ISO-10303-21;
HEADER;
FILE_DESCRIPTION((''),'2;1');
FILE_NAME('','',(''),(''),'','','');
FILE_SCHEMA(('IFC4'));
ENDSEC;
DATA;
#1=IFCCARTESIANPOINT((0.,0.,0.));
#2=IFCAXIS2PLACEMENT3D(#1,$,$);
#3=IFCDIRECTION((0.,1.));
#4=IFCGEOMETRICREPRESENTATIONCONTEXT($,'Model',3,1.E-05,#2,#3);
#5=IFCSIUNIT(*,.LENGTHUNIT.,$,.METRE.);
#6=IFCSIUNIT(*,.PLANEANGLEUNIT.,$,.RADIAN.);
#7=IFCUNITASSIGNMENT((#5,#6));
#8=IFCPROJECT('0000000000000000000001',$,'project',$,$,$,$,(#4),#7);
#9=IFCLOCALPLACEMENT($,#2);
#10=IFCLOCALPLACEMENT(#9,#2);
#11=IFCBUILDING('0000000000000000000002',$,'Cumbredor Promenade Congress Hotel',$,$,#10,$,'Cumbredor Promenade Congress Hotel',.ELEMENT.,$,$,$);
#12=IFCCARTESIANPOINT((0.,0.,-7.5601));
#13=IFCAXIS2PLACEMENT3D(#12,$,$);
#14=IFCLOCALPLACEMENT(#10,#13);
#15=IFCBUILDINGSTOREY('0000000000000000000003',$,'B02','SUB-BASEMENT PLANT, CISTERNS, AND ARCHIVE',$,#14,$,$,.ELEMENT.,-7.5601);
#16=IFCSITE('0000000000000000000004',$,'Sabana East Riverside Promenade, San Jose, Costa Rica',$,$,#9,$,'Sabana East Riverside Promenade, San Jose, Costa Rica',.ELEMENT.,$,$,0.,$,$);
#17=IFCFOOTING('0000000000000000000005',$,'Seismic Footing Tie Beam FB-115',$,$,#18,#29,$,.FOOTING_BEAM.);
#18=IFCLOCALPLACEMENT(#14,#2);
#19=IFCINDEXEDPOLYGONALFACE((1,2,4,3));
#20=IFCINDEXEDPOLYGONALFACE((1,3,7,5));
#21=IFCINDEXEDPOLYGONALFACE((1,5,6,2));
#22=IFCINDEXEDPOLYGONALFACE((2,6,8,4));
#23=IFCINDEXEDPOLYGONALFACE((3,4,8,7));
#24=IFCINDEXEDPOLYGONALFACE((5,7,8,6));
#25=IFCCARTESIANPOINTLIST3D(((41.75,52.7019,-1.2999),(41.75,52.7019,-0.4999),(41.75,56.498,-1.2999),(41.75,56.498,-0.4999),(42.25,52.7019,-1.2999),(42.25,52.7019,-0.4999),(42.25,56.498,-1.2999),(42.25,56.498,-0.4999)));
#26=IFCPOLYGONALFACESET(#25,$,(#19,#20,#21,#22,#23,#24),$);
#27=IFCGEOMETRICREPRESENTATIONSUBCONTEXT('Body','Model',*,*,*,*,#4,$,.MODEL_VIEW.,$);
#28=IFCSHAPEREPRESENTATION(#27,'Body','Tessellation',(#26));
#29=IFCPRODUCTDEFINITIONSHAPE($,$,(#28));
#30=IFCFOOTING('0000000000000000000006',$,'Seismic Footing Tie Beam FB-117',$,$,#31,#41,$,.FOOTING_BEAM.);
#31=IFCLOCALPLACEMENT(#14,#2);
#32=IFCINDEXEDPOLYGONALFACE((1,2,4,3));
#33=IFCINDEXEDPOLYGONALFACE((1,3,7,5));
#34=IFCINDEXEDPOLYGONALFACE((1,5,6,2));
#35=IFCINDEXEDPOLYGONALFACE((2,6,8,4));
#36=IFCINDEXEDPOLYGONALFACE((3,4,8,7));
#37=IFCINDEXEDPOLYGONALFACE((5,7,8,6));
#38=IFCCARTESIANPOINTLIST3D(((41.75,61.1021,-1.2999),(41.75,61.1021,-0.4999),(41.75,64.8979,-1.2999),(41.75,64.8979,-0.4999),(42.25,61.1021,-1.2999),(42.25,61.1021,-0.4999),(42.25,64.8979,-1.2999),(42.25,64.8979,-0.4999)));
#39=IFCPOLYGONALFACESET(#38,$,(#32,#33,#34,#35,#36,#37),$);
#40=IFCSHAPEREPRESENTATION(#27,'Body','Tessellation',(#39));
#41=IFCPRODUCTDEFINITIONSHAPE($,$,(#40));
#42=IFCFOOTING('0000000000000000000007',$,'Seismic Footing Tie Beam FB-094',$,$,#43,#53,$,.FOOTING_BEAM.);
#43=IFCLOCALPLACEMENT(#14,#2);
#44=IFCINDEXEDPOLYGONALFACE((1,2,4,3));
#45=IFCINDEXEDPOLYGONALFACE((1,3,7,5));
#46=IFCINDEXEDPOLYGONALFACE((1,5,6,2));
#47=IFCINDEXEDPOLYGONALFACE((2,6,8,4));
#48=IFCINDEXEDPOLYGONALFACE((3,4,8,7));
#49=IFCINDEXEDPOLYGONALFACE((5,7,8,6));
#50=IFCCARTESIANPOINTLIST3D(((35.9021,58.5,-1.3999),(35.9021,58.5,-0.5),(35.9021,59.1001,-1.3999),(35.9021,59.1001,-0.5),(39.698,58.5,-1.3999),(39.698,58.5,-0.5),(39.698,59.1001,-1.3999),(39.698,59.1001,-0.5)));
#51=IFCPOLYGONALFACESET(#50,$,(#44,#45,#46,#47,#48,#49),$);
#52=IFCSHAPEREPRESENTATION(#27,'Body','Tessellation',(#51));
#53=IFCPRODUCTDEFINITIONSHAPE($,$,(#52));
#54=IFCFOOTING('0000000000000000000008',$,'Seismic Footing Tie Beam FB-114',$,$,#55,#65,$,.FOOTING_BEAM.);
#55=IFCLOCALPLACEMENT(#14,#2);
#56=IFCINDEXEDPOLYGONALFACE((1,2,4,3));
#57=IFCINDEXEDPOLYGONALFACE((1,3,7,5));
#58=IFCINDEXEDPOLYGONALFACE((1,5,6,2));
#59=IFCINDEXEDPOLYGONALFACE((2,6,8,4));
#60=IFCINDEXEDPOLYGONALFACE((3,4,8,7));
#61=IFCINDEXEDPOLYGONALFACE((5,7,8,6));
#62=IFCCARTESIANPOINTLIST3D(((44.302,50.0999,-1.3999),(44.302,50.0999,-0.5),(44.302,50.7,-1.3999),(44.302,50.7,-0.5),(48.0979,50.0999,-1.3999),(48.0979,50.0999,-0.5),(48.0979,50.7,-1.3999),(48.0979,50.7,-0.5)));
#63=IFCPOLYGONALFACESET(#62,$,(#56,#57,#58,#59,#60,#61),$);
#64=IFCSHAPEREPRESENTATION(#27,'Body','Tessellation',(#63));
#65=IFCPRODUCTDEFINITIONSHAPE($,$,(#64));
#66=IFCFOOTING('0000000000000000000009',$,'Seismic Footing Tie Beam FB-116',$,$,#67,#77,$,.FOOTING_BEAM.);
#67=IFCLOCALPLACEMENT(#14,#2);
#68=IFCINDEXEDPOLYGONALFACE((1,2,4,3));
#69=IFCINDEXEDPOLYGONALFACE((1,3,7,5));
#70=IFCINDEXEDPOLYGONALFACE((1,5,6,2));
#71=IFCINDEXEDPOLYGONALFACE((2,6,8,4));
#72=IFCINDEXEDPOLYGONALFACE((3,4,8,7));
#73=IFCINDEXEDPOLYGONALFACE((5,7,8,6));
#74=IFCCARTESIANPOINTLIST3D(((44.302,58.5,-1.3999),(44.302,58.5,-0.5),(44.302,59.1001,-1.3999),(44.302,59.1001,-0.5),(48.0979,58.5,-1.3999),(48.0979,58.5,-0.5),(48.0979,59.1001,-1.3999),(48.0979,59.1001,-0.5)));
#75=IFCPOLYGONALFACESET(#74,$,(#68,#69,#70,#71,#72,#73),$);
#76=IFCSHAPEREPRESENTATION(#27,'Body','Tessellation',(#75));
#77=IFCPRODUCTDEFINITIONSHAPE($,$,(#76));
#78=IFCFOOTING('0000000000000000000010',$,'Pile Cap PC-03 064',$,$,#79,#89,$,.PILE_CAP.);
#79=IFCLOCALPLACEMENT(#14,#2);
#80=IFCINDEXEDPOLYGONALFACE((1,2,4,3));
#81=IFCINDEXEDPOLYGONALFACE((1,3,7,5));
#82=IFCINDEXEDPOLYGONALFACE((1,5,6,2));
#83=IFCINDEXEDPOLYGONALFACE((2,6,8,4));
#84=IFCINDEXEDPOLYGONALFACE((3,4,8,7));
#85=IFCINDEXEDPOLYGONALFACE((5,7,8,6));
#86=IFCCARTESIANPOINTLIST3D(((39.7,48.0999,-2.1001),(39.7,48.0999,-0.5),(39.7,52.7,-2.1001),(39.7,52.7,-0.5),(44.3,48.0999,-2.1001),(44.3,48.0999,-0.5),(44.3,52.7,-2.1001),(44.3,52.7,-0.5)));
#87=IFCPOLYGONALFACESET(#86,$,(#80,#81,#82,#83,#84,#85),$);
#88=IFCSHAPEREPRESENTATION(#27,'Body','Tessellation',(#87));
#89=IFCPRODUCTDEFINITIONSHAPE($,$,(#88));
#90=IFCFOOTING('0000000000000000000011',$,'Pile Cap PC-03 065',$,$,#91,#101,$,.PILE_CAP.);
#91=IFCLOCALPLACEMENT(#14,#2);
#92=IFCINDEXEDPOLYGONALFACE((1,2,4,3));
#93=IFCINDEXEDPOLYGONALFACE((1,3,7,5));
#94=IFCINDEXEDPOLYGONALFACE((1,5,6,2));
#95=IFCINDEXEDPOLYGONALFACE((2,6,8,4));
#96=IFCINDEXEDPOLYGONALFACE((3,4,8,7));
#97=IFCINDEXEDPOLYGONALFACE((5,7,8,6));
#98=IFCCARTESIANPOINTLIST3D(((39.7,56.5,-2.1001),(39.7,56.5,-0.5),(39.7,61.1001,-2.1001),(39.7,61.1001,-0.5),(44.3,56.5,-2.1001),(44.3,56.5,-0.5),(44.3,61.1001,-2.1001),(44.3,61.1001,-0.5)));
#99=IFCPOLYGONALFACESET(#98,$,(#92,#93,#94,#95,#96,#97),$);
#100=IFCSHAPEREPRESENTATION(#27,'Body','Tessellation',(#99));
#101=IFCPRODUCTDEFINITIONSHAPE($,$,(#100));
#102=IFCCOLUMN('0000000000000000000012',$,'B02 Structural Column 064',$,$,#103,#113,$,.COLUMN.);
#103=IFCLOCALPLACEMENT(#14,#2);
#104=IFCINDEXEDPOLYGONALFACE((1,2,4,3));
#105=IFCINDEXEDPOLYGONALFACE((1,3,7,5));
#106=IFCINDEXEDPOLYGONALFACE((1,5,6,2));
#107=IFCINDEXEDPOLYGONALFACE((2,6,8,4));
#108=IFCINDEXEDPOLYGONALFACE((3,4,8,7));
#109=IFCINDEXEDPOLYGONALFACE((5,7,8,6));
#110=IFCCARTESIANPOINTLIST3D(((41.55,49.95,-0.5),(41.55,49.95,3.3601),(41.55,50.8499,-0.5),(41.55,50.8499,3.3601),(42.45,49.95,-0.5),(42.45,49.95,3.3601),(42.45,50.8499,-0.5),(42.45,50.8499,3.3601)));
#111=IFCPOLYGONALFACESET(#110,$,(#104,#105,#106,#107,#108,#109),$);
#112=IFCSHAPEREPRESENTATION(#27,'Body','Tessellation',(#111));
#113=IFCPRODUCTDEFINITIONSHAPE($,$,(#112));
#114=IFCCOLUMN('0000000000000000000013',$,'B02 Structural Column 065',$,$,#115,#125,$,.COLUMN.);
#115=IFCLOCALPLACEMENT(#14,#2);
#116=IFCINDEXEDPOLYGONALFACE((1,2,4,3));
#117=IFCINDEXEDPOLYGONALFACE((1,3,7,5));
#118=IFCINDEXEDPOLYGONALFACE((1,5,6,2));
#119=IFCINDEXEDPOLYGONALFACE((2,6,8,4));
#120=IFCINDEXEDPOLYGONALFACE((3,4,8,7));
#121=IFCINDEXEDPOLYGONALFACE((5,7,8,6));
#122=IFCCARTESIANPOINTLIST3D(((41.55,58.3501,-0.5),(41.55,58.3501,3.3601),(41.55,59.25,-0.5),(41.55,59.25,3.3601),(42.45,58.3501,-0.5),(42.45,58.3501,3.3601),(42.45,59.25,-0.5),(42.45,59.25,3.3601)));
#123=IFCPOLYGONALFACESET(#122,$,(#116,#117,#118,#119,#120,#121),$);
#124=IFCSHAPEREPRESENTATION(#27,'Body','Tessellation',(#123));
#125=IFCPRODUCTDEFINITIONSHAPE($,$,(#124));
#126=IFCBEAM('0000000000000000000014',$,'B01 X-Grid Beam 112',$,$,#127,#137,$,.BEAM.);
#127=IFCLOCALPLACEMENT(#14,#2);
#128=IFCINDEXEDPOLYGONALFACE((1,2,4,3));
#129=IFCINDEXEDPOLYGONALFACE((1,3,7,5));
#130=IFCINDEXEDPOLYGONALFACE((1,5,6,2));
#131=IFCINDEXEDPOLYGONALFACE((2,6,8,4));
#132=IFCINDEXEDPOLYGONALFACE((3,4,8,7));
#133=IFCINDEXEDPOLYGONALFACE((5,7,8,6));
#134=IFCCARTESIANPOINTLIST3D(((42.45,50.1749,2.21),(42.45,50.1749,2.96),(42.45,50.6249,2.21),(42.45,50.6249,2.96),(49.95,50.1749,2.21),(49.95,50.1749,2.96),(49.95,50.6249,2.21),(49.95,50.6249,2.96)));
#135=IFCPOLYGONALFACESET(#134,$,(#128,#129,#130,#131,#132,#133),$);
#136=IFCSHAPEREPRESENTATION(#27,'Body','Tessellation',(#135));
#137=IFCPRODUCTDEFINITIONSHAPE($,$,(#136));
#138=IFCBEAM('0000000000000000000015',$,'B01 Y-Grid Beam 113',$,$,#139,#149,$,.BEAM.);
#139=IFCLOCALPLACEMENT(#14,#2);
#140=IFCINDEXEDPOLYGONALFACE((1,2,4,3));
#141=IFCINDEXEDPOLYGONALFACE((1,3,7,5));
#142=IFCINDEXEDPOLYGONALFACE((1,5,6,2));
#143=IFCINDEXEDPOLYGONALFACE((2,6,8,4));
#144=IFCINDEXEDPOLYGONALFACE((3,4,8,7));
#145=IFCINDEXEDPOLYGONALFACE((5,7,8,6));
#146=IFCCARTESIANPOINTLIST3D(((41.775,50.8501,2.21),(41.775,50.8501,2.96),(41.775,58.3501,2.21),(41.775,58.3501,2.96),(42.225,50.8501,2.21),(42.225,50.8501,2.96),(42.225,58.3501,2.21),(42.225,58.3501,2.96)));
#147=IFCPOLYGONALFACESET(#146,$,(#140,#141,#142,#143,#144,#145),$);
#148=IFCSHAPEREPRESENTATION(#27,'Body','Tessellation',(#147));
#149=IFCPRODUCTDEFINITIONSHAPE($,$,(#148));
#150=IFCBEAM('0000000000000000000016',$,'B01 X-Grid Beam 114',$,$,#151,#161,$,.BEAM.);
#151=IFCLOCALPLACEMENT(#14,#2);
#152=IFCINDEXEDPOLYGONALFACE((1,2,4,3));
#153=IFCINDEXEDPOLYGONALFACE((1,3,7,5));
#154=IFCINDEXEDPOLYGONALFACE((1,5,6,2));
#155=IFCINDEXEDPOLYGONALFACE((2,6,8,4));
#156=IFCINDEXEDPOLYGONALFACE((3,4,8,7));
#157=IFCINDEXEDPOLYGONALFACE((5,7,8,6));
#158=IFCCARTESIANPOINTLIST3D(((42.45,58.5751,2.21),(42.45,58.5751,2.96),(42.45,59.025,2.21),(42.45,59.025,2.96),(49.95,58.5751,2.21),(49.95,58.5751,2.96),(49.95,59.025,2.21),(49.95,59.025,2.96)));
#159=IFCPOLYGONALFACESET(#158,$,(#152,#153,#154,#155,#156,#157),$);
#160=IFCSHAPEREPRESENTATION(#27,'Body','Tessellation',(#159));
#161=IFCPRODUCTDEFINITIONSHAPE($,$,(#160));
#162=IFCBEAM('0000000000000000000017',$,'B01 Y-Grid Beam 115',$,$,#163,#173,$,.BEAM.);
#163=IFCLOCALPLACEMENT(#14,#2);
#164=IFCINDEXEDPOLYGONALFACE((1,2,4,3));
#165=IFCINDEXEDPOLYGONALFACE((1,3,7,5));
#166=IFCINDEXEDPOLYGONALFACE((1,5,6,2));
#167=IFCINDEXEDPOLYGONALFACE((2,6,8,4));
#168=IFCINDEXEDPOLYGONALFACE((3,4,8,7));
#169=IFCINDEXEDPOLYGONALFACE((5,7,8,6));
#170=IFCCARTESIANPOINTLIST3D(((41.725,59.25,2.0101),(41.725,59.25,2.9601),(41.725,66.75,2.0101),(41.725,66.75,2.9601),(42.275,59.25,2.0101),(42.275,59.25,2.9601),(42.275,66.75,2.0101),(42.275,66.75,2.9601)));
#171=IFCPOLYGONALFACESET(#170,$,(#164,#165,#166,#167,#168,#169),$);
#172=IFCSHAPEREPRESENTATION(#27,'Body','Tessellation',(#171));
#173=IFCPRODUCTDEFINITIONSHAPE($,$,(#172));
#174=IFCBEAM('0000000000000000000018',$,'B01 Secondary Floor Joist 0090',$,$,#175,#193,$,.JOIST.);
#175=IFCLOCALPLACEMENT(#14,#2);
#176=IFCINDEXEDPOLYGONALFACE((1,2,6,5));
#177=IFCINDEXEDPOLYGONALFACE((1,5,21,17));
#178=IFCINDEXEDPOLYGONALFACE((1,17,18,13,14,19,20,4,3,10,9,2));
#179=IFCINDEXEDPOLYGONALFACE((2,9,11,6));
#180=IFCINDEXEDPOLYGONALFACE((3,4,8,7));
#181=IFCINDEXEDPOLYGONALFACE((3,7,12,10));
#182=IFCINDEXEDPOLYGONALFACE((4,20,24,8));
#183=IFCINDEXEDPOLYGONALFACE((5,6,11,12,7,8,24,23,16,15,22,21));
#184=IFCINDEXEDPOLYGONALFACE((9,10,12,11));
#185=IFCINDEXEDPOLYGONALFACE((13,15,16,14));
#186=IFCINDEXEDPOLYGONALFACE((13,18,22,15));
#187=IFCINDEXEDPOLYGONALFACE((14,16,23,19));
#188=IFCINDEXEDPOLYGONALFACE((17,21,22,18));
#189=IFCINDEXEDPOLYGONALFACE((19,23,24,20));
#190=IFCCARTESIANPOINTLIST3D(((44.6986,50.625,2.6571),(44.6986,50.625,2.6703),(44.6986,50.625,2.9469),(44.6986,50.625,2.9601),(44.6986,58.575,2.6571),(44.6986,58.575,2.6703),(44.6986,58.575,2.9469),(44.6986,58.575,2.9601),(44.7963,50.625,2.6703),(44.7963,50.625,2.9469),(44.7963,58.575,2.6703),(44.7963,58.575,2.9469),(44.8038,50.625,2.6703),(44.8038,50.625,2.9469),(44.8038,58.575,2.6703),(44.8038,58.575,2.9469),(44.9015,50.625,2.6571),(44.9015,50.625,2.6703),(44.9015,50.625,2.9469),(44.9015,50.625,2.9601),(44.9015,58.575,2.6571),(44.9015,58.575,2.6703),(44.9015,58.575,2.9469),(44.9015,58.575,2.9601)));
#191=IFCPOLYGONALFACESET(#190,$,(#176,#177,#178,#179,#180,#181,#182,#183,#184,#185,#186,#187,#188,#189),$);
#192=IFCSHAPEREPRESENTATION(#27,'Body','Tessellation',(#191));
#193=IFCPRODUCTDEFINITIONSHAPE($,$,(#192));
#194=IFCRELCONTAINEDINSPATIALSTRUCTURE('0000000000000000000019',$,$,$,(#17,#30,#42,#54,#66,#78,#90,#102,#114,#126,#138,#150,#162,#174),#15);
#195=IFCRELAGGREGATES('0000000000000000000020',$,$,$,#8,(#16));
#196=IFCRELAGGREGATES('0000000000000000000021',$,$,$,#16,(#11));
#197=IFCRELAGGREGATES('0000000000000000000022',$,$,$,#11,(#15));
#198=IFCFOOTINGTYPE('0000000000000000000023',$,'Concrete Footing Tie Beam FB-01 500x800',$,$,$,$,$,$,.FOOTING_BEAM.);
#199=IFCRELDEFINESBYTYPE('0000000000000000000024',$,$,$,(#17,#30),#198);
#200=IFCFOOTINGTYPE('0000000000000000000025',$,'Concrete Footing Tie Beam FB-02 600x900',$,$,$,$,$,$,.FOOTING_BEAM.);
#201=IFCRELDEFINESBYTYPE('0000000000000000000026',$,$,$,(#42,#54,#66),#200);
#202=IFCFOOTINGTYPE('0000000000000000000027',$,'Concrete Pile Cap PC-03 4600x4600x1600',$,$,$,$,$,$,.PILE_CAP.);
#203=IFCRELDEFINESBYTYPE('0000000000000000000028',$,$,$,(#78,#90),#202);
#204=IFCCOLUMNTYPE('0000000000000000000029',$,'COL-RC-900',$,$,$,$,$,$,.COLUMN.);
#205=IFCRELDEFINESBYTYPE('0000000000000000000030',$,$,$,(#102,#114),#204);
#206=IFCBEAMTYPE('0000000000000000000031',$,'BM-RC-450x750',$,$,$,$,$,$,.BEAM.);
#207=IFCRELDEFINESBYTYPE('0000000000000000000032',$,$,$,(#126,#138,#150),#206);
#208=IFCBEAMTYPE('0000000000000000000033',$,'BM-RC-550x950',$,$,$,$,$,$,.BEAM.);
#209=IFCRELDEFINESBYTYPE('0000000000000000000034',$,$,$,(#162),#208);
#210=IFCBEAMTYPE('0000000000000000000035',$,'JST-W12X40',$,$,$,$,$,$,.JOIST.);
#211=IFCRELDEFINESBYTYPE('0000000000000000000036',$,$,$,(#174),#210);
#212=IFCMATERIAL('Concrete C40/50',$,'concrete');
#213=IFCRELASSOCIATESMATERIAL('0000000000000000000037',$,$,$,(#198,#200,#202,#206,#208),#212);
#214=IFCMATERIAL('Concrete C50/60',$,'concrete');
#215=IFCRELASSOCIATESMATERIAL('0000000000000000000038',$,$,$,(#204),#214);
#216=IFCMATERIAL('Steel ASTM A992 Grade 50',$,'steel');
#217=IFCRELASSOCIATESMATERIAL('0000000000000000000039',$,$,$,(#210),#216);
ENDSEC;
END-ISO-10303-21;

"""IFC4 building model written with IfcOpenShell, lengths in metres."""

from ifc_helpers import new_model, si_unit, direction, frame, origin, origin_2d, place, context, subcontext, project, spatial, rectangle, i_section, extrude, material, material_profile, profile_set, type_object, element, save


model = new_model("IFC4")

# Units and contexts
model_context = context("Model", 3, precision=1e-05, world=origin(), true_north=direction((0.0, 1.0)))
body_context = subcontext(model_context, "Body", "Model", "MODEL_VIEW")
ifc_project = project(units=[si_unit("LENGTHUNIT", "METRE"), si_unit("PLANEANGLEUNIT", "RADIAN")], contexts=[model_context])

# Site, building, storey
site_placement = place(None, origin())
site = spatial("IfcSite", under=ifc_project, at=site_placement, Name="Sabana East Riverside Promenade, San Jose, Costa Rica", LongName="Sabana East Riverside Promenade, San Jose, Costa Rica", CompositionType="ELEMENT", RefElevation=0.0)
building_placement = place(site_placement, origin())
building = spatial("IfcBuilding", under=site, at=building_placement, Name="Cumbredor Promenade Congress Hotel", LongName="Cumbredor Promenade Congress Hotel", CompositionType="ELEMENT")
storey_placement = place(building_placement, frame((0.0, 0.0, -7.5601)))
storey = spatial("IfcBuildingStorey", under=building, at=storey_placement, Name="B02", Description="SUB-BASEMENT PLANT, CISTERNS, AND ARCHIVE", CompositionType="ELEMENT", Elevation=-7.5601)

# Shared definitions
ifc_material_1 = material(Name="Concrete C40/50", Category="concrete")

# Footings
ifc_material_profile_1 = material_profile(ifc_material_1, rectangle(XDim=0.5, YDim=0.8, at=origin_2d()), Name="FB 500x800")
ifc_profile_set_1 = profile_set([ifc_material_profile_1], Name="Concrete C40/50")
footing_type_1 = type_object("IfcFootingType", Name="Concrete Footing Tie Beam FB-01 500x800", PredefinedType="FOOTING_BEAM", material=ifc_profile_set_1)
footing_1_placement = place(storey_placement, frame((42.0, 52.7019, -0.8999), z_axis=(0.0, 1.0, 0.0), x_axis=(-1.0, 0.0, 0.0)))
element("IfcFooting", 1, at=footing_1_placement, inside=storey, type_object=footing_type_1, Name="Seismic Footing Tie Beam FB-115", PredefinedType="FOOTING_BEAM", context=body_context, shape_type="SweptSolid", body=[
    extrude(rectangle(XDim=0.5, YDim=0.8, at=origin_2d()), origin(), (0.0, 0.0, 1.0), 3.7961),
])
footing_2_placement = place(storey_placement, frame((42.0, 61.1021, -0.8999), z_axis=(0.0, 1.0, 0.0), x_axis=(-1.0, 0.0, 0.0)))
element("IfcFooting", 2, at=footing_2_placement, inside=storey, type_object=footing_type_1, Name="Seismic Footing Tie Beam FB-117", PredefinedType="FOOTING_BEAM", context=body_context, shape_type="SweptSolid", body=[
    extrude(rectangle(XDim=0.5, YDim=0.8, at=origin_2d()), origin(), (0.0, 0.0, 1.0), 3.7959),
])
ifc_material_profile_2 = material_profile(ifc_material_1, rectangle(XDim=0.6001, YDim=0.8999, at=origin_2d()), Name="FB 600x900")
ifc_profile_set_2 = profile_set([ifc_material_profile_2], Name="Concrete C40/50")
footing_type_2 = type_object("IfcFootingType", Name="Concrete Footing Tie Beam FB-02 600x900", PredefinedType="FOOTING_BEAM", material=ifc_profile_set_2)
for number, where, z_axis, x_axis, name in (
    (3, (35.9021, 58.8, -0.95), (1.0, 0.0, 0.0), (0.0, 1.0, 0.0), "Seismic Footing Tie Beam FB-094"),
    (4, (44.302, 50.3999, -0.95), (1.0, 0.0, 0.0), (0.0, 1.0, 0.0), "Seismic Footing Tie Beam FB-114"),
    (5, (44.302, 58.8, -0.95), (1.0, 0.0, 0.0), (0.0, 1.0, 0.0), "Seismic Footing Tie Beam FB-116"),
):
    element("IfcFooting", number, at=place(storey_placement, frame(where, z_axis=z_axis, x_axis=x_axis)), inside=storey, type_object=footing_type_2, Name=name, PredefinedType="FOOTING_BEAM", context=body_context, shape_type="SweptSolid", body=[
        extrude(rectangle(XDim=0.6001, YDim=0.8999, at=origin_2d()), origin(), (0.0, 0.0, 1.0), 3.7959),
    ])
footing_type_3 = type_object("IfcFootingType", Name="Concrete Pile Cap PC-03 4600x4600x1600", PredefinedType="PILE_CAP", material=ifc_material_1)
for number, where, z_axis, x_axis, name in (
    (6, (42.0, 50.3999, -2.1001), (0.0, 0.0, 1.0), (1.0, 0.0, 0.0), "Pile Cap PC-03 064"),
    (7, (42.0, 58.8, -2.1001), (0.0, 0.0, 1.0), (1.0, 0.0, 0.0), "Pile Cap PC-03 065"),
):
    element("IfcFooting", number, at=place(storey_placement, frame(where, z_axis=z_axis, x_axis=x_axis)), inside=storey, type_object=footing_type_3, Name=name, PredefinedType="PILE_CAP", context=body_context, shape_type="SweptSolid", body=[
        extrude(rectangle(XDim=4.6001, YDim=4.6001, at=origin_2d()), origin(), (0.0, 0.0, 1.0), 1.6001),
    ])

# Columns
ifc_material_2 = material(Name="Concrete C50/60", Category="concrete")
ifc_material_profile_3 = material_profile(ifc_material_2, rectangle(XDim=0.8999, YDim=0.8999, at=origin_2d()), Name="RC 900x900")
ifc_profile_set_3 = profile_set([ifc_material_profile_3], Name="Concrete C50/60")
column_type = type_object("IfcColumnType", Name="COL-RC-900", PredefinedType="COLUMN", material=ifc_profile_set_3)
for number, where, z_axis, x_axis, name in (
    (8, (42.0, 50.3999, -0.5), (0.0, 0.0, 1.0), (1.0, 0.0, 0.0), "B02 Structural Column 064"),
    (9, (42.0, 58.8, -0.5), (0.0, 0.0, 1.0), (1.0, 0.0, 0.0), "B02 Structural Column 065"),
):
    element("IfcColumn", number, at=place(storey_placement, frame(where, z_axis=z_axis, x_axis=x_axis)), inside=storey, type_object=column_type, Name=name, PredefinedType="COLUMN", context=body_context, shape_type="SweptSolid", body=[
        extrude(rectangle(XDim=0.8999, YDim=0.8999, at=origin_2d()), origin(), (0.0, 0.0, 1.0), 3.8601),
    ])

# Beams
ifc_material_profile_4 = material_profile(ifc_material_1, rectangle(XDim=0.45, YDim=0.75, at=origin_2d()), Name="RC BEAM 450x750")
ifc_profile_set_4 = profile_set([ifc_material_profile_4], Name="Concrete C40/50")
beam_type_1 = type_object("IfcBeamType", Name="BM-RC-450x750", PredefinedType="BEAM", material=ifc_profile_set_4)
for number, where, z_axis, x_axis, name in (
    (10, (42.45, 50.3999, 2.585), (1.0, 0.0, 0.0), (0.0, 1.0, 0.0), "B01 X-Grid Beam 112"),
    (11, (42.0, 50.8501, 2.585), (0.0, 1.0, 0.0), (-1.0, 0.0, 0.0), "B01 Y-Grid Beam 113"),
    (12, (42.45, 58.8, 2.585), (1.0, 0.0, 0.0), (0.0, 1.0, 0.0), "B01 X-Grid Beam 114"),
):
    element("IfcBeam", number, at=place(storey_placement, frame(where, z_axis=z_axis, x_axis=x_axis)), inside=storey, type_object=beam_type_1, Name=name, PredefinedType="BEAM", context=body_context, shape_type="SweptSolid", body=[
        extrude(rectangle(XDim=0.45, YDim=0.75, at=origin_2d()), origin(), (0.0, 0.0, 1.0), 7.5),
    ])
ifc_material_profile_5 = material_profile(ifc_material_1, rectangle(XDim=0.55, YDim=0.95, at=origin_2d()), Name="RC BEAM 550x950")
ifc_profile_set_5 = profile_set([ifc_material_profile_5], Name="Concrete C40/50")
beam_type_2 = type_object("IfcBeamType", Name="BM-RC-550x950", PredefinedType="BEAM", material=ifc_profile_set_5)
beam_placement = place(storey_placement, frame((42.0, 59.25, 2.4851), z_axis=(0.0, 1.0, 0.0), x_axis=(-1.0, 0.0, 0.0)))
element("IfcBeam", 13, at=beam_placement, inside=storey, type_object=beam_type_2, Name="B01 Y-Grid Beam 115", PredefinedType="BEAM", context=body_context, shape_type="SweptSolid", body=[
    extrude(rectangle(XDim=0.55, YDim=0.95, at=origin_2d()), origin(), (0.0, 0.0, 1.0), 7.5),
])
ifc_material_3 = material(Name="Steel ASTM A992 Grade 50", Category="steel")
ifc_material_profile_6 = material_profile(ifc_material_3, i_section(OverallWidth=0.2029, OverallDepth=0.303, WebThickness=0.0076, FlangeThickness=0.0132, at=origin_2d()), Name="W12X40")
ifc_profile_set_6 = profile_set([ifc_material_profile_6], Name="Steel ASTM A992 Grade 50")
beam_type_3 = type_object("IfcBeamType", Name="JST-W12X40", PredefinedType="JOIST", material=ifc_profile_set_6)
for number, where, z_axis, x_axis, name in (
    (14, (44.8, 50.625, 2.8086), (0.0, 1.0, 0.0), (-1.0, 0.0, 0.0), "B01 Secondary Floor Joist 0090"),
):
    element("IfcBeam", number, at=place(storey_placement, frame(where, z_axis=z_axis, x_axis=x_axis)), inside=storey, type_object=beam_type_3, Name=name, PredefinedType="JOIST", context=body_context, shape_type="SweptSolid", body=[
        extrude(i_section(OverallWidth=0.2029, OverallDepth=0.303, WebThickness=0.0076, FlangeThickness=0.0132, at=origin_2d()), origin(), (0.0, 0.0, 1.0), 7.95),
    ])

save(model, "model.ifc")
